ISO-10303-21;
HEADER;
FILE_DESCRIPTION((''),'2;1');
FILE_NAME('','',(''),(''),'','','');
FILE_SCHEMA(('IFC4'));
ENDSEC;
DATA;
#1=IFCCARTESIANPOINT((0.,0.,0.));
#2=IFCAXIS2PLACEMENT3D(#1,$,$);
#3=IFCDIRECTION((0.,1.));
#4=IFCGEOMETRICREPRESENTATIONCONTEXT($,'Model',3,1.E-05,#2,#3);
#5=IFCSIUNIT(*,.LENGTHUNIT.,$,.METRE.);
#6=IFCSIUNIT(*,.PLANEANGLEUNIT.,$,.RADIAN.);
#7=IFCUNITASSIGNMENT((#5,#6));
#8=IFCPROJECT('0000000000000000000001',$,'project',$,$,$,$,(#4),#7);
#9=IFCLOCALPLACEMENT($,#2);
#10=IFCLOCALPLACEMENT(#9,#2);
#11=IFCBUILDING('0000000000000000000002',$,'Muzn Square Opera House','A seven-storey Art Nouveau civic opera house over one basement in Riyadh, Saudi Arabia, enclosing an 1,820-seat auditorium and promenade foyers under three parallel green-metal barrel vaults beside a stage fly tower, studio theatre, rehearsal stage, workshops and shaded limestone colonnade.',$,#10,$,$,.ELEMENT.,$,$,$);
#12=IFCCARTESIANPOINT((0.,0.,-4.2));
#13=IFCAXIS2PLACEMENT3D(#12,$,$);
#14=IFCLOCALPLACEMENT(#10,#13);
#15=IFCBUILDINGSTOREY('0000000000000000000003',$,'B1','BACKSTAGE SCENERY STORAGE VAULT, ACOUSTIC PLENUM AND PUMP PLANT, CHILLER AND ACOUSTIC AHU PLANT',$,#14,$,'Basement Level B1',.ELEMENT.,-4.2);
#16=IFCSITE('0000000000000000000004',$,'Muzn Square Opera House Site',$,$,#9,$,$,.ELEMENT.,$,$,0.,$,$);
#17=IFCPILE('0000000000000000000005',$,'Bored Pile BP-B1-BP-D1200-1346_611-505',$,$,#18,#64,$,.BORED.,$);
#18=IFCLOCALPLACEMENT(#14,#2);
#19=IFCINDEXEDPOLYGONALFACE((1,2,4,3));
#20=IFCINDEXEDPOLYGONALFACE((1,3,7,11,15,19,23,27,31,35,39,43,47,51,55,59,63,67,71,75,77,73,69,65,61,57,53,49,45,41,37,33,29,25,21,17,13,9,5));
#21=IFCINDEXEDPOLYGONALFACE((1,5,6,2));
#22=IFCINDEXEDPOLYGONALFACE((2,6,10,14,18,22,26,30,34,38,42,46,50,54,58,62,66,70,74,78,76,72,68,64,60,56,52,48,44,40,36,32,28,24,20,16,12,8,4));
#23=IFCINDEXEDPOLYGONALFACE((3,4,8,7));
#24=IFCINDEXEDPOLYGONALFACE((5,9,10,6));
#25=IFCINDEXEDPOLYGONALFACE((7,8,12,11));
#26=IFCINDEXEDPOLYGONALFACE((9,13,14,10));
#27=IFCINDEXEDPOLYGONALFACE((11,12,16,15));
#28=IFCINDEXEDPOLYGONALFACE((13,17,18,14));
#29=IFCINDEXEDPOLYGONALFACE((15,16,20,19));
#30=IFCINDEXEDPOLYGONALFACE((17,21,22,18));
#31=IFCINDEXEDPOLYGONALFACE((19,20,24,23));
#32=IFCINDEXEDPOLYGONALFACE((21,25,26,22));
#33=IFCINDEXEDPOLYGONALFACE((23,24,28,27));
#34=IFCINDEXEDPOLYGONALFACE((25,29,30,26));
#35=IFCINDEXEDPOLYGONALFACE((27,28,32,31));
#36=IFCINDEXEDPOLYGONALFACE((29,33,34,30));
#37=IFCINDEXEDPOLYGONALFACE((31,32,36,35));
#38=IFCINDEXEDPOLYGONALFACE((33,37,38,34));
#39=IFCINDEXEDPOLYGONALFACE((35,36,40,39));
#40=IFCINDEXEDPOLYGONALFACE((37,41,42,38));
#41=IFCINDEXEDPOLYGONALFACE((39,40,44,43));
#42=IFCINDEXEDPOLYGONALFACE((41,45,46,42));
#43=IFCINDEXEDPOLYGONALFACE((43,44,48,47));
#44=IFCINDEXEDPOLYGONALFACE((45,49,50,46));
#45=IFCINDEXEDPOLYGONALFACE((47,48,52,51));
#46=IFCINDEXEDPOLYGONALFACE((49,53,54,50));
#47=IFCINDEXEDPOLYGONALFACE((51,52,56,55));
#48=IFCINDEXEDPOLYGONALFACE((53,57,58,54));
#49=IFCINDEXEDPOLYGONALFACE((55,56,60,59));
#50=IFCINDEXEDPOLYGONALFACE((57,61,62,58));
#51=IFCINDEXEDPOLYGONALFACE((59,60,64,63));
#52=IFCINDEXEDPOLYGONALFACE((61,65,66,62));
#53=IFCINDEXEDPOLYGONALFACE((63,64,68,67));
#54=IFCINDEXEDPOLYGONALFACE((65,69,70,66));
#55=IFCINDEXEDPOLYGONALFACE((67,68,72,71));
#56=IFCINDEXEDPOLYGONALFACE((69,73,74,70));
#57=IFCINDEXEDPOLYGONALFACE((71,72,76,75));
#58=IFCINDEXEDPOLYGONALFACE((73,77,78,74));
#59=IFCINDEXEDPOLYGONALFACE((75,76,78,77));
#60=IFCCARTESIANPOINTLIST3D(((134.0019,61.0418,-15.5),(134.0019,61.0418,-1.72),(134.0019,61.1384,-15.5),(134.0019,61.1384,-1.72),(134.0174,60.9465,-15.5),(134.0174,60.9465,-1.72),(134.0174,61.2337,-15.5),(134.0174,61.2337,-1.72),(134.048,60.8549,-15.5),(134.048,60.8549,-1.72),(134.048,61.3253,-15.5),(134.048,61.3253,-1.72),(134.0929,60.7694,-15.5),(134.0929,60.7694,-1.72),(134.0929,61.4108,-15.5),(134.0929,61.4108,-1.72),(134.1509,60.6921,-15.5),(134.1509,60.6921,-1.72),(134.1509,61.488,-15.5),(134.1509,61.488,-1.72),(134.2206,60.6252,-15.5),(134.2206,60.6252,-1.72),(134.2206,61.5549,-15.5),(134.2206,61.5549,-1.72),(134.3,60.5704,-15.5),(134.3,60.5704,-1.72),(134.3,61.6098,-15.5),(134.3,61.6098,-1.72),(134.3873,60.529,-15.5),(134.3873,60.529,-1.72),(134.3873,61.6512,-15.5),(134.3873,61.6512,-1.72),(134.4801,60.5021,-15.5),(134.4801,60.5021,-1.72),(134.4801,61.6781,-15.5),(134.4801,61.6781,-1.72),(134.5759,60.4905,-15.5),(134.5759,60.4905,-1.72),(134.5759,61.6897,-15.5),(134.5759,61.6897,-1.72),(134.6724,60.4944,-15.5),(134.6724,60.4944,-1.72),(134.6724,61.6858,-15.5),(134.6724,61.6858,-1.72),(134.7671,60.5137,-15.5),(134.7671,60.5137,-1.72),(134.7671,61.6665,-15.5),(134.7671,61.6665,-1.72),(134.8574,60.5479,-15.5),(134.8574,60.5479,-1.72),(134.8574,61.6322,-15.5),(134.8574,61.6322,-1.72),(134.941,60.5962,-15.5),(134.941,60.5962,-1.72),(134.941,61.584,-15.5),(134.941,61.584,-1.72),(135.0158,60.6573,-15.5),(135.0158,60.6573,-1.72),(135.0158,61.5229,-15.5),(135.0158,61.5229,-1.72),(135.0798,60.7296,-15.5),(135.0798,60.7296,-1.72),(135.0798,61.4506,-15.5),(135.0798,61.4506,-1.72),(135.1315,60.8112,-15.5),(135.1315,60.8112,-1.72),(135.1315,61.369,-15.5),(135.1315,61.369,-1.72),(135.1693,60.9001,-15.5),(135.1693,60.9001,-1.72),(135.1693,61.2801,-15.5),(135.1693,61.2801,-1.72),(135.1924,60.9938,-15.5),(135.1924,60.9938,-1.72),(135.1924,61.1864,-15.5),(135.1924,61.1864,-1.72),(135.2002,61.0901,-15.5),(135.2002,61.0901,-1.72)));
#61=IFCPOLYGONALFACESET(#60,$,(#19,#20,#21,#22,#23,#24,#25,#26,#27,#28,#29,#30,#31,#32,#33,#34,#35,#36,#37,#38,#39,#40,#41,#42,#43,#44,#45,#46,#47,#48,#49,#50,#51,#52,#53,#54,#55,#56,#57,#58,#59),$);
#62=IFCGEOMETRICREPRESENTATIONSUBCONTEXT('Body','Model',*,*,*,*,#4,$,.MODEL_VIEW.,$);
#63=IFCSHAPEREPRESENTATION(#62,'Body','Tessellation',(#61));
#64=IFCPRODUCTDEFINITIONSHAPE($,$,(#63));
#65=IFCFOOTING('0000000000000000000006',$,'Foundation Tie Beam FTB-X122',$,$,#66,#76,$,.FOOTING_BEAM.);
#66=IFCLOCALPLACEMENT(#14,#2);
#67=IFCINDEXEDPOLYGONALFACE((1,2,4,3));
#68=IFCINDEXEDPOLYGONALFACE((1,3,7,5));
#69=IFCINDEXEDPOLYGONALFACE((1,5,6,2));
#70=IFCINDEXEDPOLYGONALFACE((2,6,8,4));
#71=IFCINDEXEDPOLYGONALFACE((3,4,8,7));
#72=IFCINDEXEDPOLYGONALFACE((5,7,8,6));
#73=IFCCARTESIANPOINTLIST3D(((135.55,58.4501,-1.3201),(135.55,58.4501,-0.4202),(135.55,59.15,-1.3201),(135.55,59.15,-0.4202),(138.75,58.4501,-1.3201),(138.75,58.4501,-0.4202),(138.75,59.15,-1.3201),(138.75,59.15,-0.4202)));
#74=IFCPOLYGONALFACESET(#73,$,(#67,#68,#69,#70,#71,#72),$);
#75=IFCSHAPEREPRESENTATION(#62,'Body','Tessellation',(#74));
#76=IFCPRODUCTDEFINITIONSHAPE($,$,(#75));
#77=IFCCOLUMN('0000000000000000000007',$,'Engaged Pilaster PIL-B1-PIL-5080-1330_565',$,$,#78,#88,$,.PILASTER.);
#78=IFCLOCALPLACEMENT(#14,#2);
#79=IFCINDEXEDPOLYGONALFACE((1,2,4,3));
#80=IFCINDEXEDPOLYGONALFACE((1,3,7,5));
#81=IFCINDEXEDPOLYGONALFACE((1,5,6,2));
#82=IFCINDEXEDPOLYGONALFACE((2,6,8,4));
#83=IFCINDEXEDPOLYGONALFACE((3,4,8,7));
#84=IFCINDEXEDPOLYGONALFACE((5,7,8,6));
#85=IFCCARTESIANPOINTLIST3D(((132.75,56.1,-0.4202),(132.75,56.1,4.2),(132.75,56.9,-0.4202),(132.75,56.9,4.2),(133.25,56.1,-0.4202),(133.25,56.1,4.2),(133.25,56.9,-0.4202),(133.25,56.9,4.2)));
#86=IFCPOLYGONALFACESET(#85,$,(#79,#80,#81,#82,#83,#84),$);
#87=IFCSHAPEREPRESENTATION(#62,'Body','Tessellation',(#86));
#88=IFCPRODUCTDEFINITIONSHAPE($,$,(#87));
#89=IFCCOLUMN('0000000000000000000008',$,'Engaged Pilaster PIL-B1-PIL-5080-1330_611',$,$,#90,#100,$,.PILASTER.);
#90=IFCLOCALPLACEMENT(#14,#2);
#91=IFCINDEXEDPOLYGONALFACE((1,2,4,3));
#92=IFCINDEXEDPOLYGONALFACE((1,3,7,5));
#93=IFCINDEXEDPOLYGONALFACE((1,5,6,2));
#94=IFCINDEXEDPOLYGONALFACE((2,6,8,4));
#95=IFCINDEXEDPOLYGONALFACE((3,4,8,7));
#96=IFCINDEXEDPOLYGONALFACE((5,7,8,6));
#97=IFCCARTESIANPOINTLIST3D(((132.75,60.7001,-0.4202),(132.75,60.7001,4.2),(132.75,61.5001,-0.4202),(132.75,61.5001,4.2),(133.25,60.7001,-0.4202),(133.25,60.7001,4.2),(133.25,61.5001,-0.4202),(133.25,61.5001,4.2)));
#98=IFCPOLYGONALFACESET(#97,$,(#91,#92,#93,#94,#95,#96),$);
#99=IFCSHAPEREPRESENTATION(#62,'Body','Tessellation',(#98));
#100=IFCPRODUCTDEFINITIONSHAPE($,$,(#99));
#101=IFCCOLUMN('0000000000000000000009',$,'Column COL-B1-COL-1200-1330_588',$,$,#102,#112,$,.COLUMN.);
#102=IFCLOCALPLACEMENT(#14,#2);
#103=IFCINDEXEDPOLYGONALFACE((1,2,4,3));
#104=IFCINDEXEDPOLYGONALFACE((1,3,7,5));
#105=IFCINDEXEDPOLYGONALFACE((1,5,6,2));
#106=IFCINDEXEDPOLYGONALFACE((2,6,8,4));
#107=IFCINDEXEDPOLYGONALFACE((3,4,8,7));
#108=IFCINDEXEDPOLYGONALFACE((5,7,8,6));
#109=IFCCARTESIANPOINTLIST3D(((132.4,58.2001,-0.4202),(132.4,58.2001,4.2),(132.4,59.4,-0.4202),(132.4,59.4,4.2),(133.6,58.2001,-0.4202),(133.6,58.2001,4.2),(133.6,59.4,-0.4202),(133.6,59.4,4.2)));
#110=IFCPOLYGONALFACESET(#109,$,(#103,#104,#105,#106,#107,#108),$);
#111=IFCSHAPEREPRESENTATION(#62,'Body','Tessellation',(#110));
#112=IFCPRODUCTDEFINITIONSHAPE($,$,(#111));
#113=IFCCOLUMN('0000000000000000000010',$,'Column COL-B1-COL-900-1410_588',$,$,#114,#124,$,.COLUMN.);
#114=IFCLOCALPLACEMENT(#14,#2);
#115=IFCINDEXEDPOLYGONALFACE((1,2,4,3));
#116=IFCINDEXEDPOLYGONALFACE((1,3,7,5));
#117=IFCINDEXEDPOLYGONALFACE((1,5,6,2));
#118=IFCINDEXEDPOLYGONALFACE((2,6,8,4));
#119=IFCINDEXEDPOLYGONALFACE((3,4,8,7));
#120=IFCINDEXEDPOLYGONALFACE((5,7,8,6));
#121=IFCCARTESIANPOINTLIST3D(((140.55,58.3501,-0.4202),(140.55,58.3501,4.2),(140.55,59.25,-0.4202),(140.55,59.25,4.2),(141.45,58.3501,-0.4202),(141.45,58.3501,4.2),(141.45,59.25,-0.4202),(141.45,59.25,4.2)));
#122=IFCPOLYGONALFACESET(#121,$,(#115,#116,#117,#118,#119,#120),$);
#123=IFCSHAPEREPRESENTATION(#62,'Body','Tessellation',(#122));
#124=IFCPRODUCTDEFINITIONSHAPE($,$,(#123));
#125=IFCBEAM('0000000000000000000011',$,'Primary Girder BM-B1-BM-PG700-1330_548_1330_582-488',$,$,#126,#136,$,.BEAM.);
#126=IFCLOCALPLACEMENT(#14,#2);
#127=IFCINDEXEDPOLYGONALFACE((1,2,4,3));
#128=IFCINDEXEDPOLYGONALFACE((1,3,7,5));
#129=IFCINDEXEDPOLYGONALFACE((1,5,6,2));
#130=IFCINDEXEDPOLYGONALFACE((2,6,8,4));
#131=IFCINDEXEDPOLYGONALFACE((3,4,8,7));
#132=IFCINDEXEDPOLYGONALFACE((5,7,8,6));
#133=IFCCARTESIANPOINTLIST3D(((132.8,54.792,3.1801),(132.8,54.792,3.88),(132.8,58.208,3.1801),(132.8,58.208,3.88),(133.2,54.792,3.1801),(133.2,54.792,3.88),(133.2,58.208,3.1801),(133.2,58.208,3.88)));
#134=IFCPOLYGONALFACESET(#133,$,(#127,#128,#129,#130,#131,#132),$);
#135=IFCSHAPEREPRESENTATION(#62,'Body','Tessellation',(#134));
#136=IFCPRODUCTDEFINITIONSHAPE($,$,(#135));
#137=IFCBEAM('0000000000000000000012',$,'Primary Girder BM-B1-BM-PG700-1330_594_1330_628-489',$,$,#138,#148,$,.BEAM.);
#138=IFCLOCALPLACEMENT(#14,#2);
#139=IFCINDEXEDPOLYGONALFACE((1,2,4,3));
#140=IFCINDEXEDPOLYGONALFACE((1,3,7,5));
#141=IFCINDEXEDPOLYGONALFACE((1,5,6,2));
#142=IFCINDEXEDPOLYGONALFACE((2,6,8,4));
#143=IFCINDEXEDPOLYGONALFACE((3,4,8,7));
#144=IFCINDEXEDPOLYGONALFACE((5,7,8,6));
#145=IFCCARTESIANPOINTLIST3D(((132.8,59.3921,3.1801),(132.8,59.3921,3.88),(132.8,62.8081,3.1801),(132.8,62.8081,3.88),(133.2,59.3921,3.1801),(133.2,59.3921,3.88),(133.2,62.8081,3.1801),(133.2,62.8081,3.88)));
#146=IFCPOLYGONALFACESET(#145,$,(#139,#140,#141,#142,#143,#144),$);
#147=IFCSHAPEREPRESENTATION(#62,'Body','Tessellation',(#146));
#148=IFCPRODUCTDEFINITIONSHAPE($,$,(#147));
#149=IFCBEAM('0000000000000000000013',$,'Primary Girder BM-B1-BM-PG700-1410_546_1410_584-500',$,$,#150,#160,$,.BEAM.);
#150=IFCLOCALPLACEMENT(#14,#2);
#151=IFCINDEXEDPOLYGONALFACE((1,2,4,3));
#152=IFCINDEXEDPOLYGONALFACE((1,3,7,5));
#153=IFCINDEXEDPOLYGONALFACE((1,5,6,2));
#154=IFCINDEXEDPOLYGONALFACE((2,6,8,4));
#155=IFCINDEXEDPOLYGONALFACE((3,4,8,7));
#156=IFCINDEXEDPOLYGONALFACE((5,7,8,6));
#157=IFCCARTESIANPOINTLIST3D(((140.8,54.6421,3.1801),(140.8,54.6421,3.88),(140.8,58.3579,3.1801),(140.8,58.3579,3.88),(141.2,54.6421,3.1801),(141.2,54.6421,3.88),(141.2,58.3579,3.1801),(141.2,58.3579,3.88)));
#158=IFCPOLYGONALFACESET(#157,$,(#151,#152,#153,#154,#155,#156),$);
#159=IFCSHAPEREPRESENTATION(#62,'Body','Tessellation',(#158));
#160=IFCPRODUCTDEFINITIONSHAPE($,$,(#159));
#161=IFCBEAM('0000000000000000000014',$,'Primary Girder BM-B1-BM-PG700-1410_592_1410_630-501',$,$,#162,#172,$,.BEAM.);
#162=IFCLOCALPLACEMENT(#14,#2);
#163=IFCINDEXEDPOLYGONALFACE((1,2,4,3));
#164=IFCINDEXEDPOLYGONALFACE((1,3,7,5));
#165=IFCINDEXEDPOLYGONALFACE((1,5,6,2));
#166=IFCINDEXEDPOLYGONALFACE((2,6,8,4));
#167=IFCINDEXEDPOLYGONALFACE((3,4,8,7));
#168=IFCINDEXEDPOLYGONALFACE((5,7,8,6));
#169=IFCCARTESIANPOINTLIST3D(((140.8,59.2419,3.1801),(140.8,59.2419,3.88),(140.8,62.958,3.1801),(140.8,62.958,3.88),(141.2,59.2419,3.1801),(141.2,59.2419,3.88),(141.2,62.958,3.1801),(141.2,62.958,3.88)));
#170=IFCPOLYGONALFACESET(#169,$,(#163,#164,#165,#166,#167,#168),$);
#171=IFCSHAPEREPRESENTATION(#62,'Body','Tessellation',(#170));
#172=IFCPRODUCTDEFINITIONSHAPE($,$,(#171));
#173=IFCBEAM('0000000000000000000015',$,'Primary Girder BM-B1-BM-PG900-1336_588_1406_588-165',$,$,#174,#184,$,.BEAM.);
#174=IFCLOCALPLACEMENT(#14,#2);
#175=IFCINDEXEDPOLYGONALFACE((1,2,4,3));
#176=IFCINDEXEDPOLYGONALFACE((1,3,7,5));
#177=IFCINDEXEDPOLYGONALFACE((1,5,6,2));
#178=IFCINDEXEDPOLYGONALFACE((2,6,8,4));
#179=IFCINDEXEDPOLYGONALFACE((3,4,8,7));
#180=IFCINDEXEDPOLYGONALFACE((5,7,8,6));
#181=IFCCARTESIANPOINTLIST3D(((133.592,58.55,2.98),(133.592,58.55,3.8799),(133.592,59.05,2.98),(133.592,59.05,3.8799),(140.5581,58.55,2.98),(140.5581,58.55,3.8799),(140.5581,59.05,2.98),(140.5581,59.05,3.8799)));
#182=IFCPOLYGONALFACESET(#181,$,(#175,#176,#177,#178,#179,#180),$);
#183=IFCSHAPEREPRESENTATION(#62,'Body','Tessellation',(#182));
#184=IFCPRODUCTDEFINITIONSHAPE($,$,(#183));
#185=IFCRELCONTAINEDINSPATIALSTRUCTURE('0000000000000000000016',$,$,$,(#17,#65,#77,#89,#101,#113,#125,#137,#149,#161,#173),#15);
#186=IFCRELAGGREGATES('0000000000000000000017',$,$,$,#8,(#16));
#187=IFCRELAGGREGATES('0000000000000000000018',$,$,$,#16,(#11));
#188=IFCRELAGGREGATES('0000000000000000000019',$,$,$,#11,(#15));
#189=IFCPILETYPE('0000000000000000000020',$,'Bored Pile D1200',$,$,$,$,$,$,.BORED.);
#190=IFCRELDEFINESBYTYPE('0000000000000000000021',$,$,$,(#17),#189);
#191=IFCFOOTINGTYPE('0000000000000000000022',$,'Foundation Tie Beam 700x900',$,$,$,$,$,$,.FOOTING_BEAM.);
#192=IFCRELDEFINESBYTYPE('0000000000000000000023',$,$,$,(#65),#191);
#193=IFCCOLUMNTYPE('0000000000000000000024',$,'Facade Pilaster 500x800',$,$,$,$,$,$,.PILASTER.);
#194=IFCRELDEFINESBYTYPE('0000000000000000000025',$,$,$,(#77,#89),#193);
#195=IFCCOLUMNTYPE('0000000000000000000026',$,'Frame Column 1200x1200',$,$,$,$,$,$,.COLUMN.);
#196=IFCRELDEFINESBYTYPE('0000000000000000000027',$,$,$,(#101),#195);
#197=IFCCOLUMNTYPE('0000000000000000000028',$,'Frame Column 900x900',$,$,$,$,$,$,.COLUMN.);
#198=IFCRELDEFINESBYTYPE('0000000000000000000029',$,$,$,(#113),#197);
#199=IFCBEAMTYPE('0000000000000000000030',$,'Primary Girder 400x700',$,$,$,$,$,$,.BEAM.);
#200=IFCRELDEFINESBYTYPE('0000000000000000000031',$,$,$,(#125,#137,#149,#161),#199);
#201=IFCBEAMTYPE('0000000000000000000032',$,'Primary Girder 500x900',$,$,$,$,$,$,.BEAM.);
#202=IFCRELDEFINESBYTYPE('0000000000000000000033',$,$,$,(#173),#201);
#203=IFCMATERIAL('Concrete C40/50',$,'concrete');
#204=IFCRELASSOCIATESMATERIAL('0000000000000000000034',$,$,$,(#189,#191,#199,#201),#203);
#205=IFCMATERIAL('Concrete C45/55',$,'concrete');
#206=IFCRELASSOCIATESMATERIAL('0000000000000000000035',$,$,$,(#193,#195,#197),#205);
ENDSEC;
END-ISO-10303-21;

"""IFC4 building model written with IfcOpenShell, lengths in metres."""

from ifc_helpers import new_model, si_unit, direction, frame, origin, origin_2d, place, context, subcontext, project, spatial, rectangle, circle, extrude, material, material_profile, profile_set, type_object, element, save


model = new_model("IFC4")

# Units and contexts
model_context = context("Model", 3, precision=1e-05, world=origin(), true_north=direction((0.0, 1.0)))
body_context = subcontext(model_context, "Body", "Model", "MODEL_VIEW")
ifc_project = project(units=[si_unit("LENGTHUNIT", "METRE"), si_unit("PLANEANGLEUNIT", "RADIAN")], contexts=[model_context])

# Site, building, storey
site_placement = place(None, origin())
site = spatial("IfcSite", under=ifc_project, at=site_placement, Name="Muzn Square Opera House Site", CompositionType="ELEMENT", RefElevation=0.0)
building_placement = place(site_placement, origin())
building = spatial("IfcBuilding", under=site, at=building_placement, Name="Muzn Square Opera House", Description="A seven-storey Art Nouveau civic opera house over one basement in Riyadh, Saudi Arabia, enclosing an 1,820-seat auditorium and promenade foyers under three parallel green-metal barrel vaults beside a stage fly tower, studio theatre, rehearsal stage, workshops and shaded limestone colonnade.", CompositionType="ELEMENT")
storey_placement = place(building_placement, frame((0.0, 0.0, -4.2)))
storey = spatial("IfcBuildingStorey", under=building, at=storey_placement, Name="B1", Description="BACKSTAGE SCENERY STORAGE VAULT, ACOUSTIC PLENUM AND PUMP PLANT, CHILLER AND ACOUSTIC AHU PLANT", LongName="Basement Level B1", CompositionType="ELEMENT", Elevation=-4.2)

# Pile
ifc_material_1 = material(Name="Concrete C40/50", Category="concrete")
ifc_material_profile_1 = material_profile(ifc_material_1, circle(Radius=0.6001, at=origin_2d()), Name="BORED PILE D1200", Category="concrete")
ifc_profile_set_1 = profile_set([ifc_material_profile_1], Name="Concrete C40/50")
pile_type_1 = type_object("IfcPileType", Name="Bored Pile D1200", PredefinedType="BORED", material=ifc_profile_set_1)
for number, where, z_axis, x_axis, name in (
    (1, (134.6001, 61.0901, -1.72), (0.0, 0.0, -1.0), (1.0, 0.0, 0.0), "Bored Pile BP-B1-BP-D1200-1346_611-505"),
):
    element("IfcPile", number, at=place(storey_placement, frame(where, z_axis=z_axis, x_axis=x_axis)), inside=storey, type_object=pile_type_1, Name=name, PredefinedType="BORED", context=body_context, shape_type="SweptSolid", body=[
        extrude(circle(Radius=0.6001, at=origin_2d()), origin(), (0.0, 0.0, 1.0), 13.78),
    ])

# Footing
ifc_material_profile_2 = material_profile(ifc_material_1, rectangle(XDim=0.7, YDim=0.8999, at=origin_2d()), Name="RCTB 700x900", Category="concrete")
ifc_profile_set_2 = profile_set([ifc_material_profile_2], Name="Concrete C40/50")
footing_type = type_object("IfcFootingType", Name="Foundation Tie Beam 700x900", PredefinedType="FOOTING_BEAM", material=ifc_profile_set_2)
footing_placement = place(storey_placement, frame((135.55, 58.8, -0.8701), z_axis=(1.0, 0.0, 0.0), x_axis=(0.0, 1.0, 0.0)))
element("IfcFooting", 2, at=footing_placement, inside=storey, type_object=footing_type, Name="Foundation Tie Beam FTB-X122", PredefinedType="FOOTING_BEAM", context=body_context, shape_type="SweptSolid", body=[
    extrude(rectangle(XDim=0.7, YDim=0.8999, at=origin_2d()), origin(), (0.0, 0.0, 1.0), 3.2),
])

# Columns
ifc_material_2 = material(Name="Concrete C45/55", Category="concrete")
ifc_material_profile_3 = material_profile(ifc_material_2, rectangle(XDim=0.5, YDim=0.8, at=origin_2d()), Name="RC 500x800", Category="concrete")
ifc_profile_set_3 = profile_set([ifc_material_profile_3], Name="Concrete C45/55")
column_type_1 = type_object("IfcColumnType", Name="Facade Pilaster 500x800", PredefinedType="PILASTER", material=ifc_profile_set_3)
for number, where, z_axis, x_axis, name in (
    (3, (133.0, 56.5, -0.4202), (0.0, 0.0, 1.0), (1.0, 0.0, 0.0), "Engaged Pilaster PIL-B1-PIL-5080-1330_565"),
    (4, (133.0, 61.1001, -0.4202), (0.0, 0.0, 1.0), (1.0, 0.0, 0.0), "Engaged Pilaster PIL-B1-PIL-5080-1330_611"),
):
    element("IfcColumn", number, at=place(storey_placement, frame(where, z_axis=z_axis, x_axis=x_axis)), inside=storey, type_object=column_type_1, Name=name, PredefinedType="PILASTER", context=body_context, shape_type="SweptSolid", body=[
        extrude(rectangle(XDim=0.5, YDim=0.8, at=origin_2d()), origin(), (0.0, 0.0, 1.0), 4.6201),
    ])
ifc_material_profile_4 = material_profile(ifc_material_2, rectangle(XDim=1.2, YDim=1.2, at=origin_2d()), Name="RC 1200x1200", Category="concrete")
ifc_profile_set_4 = profile_set([ifc_material_profile_4], Name="Concrete C45/55")
column_type_2 = type_object("IfcColumnType", Name="Frame Column 1200x1200", PredefinedType="COLUMN", material=ifc_profile_set_4)
column_1_placement = place(storey_placement, frame((133.0, 58.8, -0.4202), z_axis=(0.0, 0.0, 1.0), x_axis=(1.0, 0.0, 0.0)))
element("IfcColumn", 5, at=column_1_placement, inside=storey, type_object=column_type_2, Name="Column COL-B1-COL-1200-1330_588", PredefinedType="COLUMN", context=body_context, shape_type="SweptSolid", body=[
    extrude(rectangle(XDim=1.2, YDim=1.2, at=origin_2d()), origin(), (0.0, 0.0, 1.0), 4.6201),
])
ifc_material_profile_5 = material_profile(ifc_material_2, rectangle(XDim=0.8999, YDim=0.8999, at=origin_2d()), Name="RC 900x900", Category="concrete")
ifc_profile_set_5 = profile_set([ifc_material_profile_5], Name="Concrete C45/55")
column_type_3 = type_object("IfcColumnType", Name="Frame Column 900x900", PredefinedType="COLUMN", material=ifc_profile_set_5)
column_2_placement = place(storey_placement, frame((141.0, 58.8, -0.4202), z_axis=(0.0, 0.0, 1.0), x_axis=(1.0, 0.0, 0.0)))
element("IfcColumn", 6, at=column_2_placement, inside=storey, type_object=column_type_3, Name="Column COL-B1-COL-900-1410_588", PredefinedType="COLUMN", context=body_context, shape_type="SweptSolid", body=[
    extrude(rectangle(XDim=0.8999, YDim=0.8999, at=origin_2d()), origin(), (0.0, 0.0, 1.0), 4.6201),
])

# Beams
ifc_material_profile_6 = material_profile(ifc_material_1, rectangle(XDim=0.3999, YDim=0.7, at=origin_2d()), Name="RCB 400x700", Category="concrete")
ifc_profile_set_6 = profile_set([ifc_material_profile_6], Name="Concrete C40/50")
beam_type_1 = type_object("IfcBeamType", Name="Primary Girder 400x700", PredefinedType="BEAM", material=ifc_profile_set_6)
for number, where, z_axis, x_axis, name in (
    (7, (133.0, 54.792, 3.53), (0.0, 1.0, 0.0), (-1.0, 0.0, 0.0), "Primary Girder BM-B1-BM-PG700-1330_548_1330_582-488"),
    (8, (133.0, 59.3921, 3.53), (0.0, 1.0, 0.0), (-1.0, 0.0, 0.0), "Primary Girder BM-B1-BM-PG700-1330_594_1330_628-489"),
):
    element("IfcBeam", number, at=place(storey_placement, frame(where, z_axis=z_axis, x_axis=x_axis)), inside=storey, type_object=beam_type_1, Name=name, PredefinedType="BEAM", context=body_context, shape_type="SweptSolid", body=[
        extrude(rectangle(XDim=0.3999, YDim=0.7, at=origin_2d()), origin(), (0.0, 0.0, 1.0), 3.416),
    ])
beam_1_placement = place(storey_placement, frame((141.0, 54.6421, 3.53), z_axis=(0.0, 1.0, 0.0), x_axis=(-1.0, 0.0, 0.0)))
element("IfcBeam", 9, at=beam_1_placement, inside=storey, type_object=beam_type_1, Name="Primary Girder BM-B1-BM-PG700-1410_546_1410_584-500", PredefinedType="BEAM", context=body_context, shape_type="SweptSolid", body=[
    extrude(rectangle(XDim=0.3999, YDim=0.7, at=origin_2d()), origin(), (0.0, 0.0, 1.0), 3.7158),
])
beam_2_placement = place(storey_placement, frame((141.0, 59.2419, 3.53), z_axis=(0.0, 1.0, 0.0), x_axis=(-1.0, 0.0, 0.0)))
element("IfcBeam", 10, at=beam_2_placement, inside=storey, type_object=beam_type_1, Name="Primary Girder BM-B1-BM-PG700-1410_592_1410_630-501", PredefinedType="BEAM", context=body_context, shape_type="SweptSolid", body=[
    extrude(rectangle(XDim=0.3999, YDim=0.7, at=origin_2d()), origin(), (0.0, 0.0, 1.0), 3.7161),
])
ifc_material_profile_7 = material_profile(ifc_material_1, rectangle(XDim=0.5, YDim=0.8999, at=origin_2d()), Name="RCB 500x900", Category="concrete")
ifc_profile_set_7 = profile_set([ifc_material_profile_7], Name="Concrete C40/50")
beam_type_2 = type_object("IfcBeamType", Name="Primary Girder 500x900", PredefinedType="BEAM", material=ifc_profile_set_7)
beam_3_placement = place(storey_placement, frame((133.592, 58.8, 3.4299), z_axis=(1.0, 0.0, 0.0), x_axis=(0.0, 1.0, 0.0)))
element("IfcBeam", 11, at=beam_3_placement, inside=storey, type_object=beam_type_2, Name="Primary Girder BM-B1-BM-PG900-1336_588_1406_588-165", PredefinedType="BEAM", context=body_context, shape_type="SweptSolid", body=[
    extrude(rectangle(XDim=0.5, YDim=0.8999, at=origin_2d()), origin(), (0.0, 0.0, 1.0), 6.9661),
])

save(model, "model.ifc")
